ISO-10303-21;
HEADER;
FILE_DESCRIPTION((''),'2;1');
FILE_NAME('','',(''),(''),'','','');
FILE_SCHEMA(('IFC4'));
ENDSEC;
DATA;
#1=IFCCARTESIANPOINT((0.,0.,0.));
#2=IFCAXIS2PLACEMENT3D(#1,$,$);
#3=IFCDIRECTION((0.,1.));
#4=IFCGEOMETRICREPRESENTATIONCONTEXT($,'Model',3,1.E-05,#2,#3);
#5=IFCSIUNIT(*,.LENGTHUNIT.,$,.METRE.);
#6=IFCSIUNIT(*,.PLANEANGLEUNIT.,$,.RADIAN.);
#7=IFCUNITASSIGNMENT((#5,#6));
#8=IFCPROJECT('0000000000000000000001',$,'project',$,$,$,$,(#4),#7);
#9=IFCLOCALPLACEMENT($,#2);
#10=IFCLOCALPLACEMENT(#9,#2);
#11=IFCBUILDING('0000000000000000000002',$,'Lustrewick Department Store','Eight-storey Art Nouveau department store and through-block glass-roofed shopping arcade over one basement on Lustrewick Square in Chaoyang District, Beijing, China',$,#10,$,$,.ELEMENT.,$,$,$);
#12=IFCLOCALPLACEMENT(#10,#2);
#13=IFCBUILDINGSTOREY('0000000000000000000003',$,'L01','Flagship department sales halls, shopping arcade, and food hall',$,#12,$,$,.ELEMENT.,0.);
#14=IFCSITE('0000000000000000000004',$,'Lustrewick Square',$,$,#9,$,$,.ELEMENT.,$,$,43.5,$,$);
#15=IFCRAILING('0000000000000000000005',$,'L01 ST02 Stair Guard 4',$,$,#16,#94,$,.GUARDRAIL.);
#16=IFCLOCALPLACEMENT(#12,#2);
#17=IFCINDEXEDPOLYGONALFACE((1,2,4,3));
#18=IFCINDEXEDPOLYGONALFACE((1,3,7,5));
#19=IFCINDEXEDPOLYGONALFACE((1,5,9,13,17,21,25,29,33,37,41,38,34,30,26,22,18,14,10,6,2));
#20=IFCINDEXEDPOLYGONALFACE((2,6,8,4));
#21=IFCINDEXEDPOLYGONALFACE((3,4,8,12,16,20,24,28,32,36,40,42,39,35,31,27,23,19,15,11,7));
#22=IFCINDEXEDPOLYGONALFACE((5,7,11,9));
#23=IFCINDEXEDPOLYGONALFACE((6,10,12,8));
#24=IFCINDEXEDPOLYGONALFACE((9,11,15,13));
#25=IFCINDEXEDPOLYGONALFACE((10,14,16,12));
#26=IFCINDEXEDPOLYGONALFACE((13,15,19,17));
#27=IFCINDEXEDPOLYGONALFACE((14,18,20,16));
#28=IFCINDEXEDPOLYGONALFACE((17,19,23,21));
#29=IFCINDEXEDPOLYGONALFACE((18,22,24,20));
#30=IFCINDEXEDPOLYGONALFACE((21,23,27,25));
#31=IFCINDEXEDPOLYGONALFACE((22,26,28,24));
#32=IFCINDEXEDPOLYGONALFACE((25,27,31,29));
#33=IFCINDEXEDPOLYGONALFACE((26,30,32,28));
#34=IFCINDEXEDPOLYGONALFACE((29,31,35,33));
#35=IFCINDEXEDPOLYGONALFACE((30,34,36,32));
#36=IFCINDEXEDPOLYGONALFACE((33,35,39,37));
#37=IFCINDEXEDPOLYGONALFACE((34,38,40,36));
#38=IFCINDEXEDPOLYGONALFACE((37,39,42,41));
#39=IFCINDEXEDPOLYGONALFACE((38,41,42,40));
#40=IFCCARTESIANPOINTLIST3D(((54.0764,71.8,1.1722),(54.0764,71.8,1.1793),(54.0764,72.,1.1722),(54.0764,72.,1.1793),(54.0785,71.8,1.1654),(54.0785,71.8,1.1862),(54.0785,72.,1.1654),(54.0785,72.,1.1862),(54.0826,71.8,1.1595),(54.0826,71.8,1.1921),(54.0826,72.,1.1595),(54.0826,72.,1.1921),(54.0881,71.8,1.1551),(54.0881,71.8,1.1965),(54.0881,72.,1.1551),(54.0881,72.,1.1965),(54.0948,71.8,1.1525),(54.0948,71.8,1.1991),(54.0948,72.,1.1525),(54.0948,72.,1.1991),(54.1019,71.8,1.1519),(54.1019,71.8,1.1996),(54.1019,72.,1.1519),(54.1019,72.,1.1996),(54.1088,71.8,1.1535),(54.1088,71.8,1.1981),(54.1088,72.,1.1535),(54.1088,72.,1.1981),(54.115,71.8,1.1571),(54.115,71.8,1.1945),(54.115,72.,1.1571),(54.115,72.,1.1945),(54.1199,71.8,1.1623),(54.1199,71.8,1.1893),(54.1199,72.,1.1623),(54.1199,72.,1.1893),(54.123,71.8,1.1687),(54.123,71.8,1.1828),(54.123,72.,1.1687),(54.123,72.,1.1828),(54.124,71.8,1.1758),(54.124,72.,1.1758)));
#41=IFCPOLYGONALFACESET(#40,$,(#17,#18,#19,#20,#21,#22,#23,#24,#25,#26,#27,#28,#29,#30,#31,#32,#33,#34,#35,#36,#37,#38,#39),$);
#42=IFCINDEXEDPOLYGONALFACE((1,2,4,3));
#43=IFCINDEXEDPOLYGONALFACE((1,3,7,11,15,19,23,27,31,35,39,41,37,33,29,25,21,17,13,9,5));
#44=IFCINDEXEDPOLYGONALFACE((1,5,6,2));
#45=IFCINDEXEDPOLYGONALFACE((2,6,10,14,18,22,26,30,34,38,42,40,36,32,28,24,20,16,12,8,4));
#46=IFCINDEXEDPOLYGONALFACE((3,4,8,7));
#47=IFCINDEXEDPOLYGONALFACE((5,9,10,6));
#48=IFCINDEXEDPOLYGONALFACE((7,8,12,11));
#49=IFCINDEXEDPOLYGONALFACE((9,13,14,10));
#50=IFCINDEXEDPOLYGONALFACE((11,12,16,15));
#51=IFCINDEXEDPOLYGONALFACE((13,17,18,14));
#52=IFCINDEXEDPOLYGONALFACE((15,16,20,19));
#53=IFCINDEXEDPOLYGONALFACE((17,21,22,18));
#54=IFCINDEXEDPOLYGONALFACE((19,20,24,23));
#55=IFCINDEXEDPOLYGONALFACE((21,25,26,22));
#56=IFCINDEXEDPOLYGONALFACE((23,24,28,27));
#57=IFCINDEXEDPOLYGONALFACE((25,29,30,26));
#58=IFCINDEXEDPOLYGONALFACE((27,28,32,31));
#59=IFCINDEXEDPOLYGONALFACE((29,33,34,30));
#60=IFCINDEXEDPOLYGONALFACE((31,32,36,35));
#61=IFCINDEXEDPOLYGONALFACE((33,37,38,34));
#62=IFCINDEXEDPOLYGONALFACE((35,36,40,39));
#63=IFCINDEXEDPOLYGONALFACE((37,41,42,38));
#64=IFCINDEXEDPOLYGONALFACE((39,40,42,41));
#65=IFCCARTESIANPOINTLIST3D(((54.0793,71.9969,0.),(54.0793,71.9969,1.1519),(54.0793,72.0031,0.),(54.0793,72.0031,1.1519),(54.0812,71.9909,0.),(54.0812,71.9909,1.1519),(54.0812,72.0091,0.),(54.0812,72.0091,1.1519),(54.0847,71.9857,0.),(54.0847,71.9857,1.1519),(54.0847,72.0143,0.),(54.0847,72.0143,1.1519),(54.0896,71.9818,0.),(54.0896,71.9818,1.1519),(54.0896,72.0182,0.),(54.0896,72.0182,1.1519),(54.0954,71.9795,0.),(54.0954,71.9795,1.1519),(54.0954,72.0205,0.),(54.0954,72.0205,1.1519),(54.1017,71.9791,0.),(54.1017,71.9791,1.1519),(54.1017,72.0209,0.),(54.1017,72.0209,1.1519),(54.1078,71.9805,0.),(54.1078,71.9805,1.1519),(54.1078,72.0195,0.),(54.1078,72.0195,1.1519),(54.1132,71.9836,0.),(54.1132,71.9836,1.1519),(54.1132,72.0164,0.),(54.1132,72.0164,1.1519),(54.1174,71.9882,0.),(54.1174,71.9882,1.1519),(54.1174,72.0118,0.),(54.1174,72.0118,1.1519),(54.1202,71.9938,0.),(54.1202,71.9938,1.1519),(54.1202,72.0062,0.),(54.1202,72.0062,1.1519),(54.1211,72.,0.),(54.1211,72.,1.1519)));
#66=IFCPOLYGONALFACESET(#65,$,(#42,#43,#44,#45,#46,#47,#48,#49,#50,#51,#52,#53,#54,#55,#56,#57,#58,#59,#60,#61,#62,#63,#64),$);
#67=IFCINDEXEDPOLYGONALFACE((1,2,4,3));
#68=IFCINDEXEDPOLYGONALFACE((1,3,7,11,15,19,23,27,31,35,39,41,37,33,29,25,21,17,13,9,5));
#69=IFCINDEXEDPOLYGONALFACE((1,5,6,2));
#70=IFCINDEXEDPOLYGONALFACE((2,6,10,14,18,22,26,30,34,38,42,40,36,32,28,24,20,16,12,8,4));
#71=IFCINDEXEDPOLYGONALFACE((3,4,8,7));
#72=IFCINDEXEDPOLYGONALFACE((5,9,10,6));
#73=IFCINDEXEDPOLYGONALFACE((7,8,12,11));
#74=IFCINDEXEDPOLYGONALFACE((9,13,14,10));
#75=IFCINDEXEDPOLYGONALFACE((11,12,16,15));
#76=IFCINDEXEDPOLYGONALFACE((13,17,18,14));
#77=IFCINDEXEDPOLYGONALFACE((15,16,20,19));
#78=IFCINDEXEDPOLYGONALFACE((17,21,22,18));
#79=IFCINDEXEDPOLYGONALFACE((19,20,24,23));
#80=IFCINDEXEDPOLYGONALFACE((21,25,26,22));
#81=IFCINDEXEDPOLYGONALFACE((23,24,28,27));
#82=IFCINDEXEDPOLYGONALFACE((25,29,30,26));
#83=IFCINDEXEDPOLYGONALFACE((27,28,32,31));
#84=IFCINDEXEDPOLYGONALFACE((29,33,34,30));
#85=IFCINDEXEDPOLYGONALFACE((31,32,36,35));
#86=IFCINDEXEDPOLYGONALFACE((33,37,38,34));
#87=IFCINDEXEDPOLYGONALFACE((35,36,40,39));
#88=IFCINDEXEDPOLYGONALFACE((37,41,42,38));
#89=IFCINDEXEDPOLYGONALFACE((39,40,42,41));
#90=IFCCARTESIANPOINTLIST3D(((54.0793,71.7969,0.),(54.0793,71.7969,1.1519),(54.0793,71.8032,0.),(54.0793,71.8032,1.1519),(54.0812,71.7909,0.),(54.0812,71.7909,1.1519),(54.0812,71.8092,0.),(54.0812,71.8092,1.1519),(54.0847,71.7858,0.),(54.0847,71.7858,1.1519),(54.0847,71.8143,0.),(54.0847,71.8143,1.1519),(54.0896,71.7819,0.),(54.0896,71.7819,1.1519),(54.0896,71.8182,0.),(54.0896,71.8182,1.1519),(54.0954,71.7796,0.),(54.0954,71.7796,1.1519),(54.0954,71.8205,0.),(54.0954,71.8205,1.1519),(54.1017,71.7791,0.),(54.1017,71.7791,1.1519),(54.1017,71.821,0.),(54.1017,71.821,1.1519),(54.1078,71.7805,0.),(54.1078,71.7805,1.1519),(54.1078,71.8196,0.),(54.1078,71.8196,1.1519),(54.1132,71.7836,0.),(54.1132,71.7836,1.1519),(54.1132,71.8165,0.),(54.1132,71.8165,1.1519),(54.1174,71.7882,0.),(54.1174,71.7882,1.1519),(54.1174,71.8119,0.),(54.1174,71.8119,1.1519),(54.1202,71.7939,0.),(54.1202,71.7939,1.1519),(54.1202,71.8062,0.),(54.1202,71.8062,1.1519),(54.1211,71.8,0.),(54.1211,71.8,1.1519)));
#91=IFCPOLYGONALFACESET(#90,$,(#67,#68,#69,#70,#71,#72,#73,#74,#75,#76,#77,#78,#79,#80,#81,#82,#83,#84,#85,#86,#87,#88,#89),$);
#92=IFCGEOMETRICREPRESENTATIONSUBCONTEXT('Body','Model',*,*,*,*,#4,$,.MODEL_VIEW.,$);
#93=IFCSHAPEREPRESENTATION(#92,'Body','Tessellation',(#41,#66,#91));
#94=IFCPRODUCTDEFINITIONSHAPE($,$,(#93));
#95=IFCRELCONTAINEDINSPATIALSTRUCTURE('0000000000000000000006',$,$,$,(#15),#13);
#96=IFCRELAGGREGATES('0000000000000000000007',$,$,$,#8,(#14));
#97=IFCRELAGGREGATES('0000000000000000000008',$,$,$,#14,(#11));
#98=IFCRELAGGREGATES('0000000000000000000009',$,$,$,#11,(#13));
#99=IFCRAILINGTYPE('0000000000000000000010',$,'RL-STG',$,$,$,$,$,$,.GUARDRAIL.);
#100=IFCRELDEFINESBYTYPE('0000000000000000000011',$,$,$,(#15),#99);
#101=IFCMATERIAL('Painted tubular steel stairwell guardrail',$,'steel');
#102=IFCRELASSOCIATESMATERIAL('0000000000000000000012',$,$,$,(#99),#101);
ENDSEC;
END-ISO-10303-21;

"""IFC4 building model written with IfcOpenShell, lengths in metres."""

from ifc_helpers import new_model, si_unit, direction, frame, origin, origin_2d, place, context, subcontext, project, spatial, circle, extrude, material, type_object, element, save


model = new_model("IFC4")

# Units and contexts
model_context = context("Model", 3, precision=1e-05, world=origin(), true_north=direction((0.0, 1.0)))
body_context = subcontext(model_context, "Body", "Model", "MODEL_VIEW")
ifc_project = project(units=[si_unit("LENGTHUNIT", "METRE"), si_unit("PLANEANGLEUNIT", "RADIAN")], contexts=[model_context])

# Site, building, storey
site_placement = place(None, origin())
site = spatial("IfcSite", under=ifc_project, at=site_placement, Name="Lustrewick Square", CompositionType="ELEMENT", RefElevation=43.5)
building_placement = place(site_placement, origin())
building = spatial("IfcBuilding", under=site, at=building_placement, Name="Lustrewick Department Store", Description="Eight-storey Art Nouveau department store and through-block glass-roofed shopping arcade over one basement on Lustrewick Square in Chaoyang District, Beijing, China", CompositionType="ELEMENT")
storey_placement = place(building_placement, origin())
storey = spatial("IfcBuildingStorey", under=building, at=storey_placement, Name="L01", Description="Flagship department sales halls, shopping arcade, and food hall", CompositionType="ELEMENT", Elevation=0.0)

# Railing
ifc_material_1 = material(Name="Painted tubular steel stairwell guardrail", Category="steel")
railing_type_1 = type_object("IfcRailingType", Name="RL-STG", PredefinedType="GUARDRAIL", material=ifc_material_1)
railing_1_placement = place(storey_placement, frame((54.1001, 72.0, 0.0)))
element("IfcRailing", 1, at=railing_1_placement, inside=storey, type_object=railing_type_1, Name="L01 ST02 Stair Guard 4", PredefinedType="GUARDRAIL", context=body_context, shape_type="SweptSolid", body=[
    extrude(circle(Radius=0.0239, at=origin_2d()), frame((0.0, 0.0, 1.1758), z_axis=(0.0, -1.0, 0.0), x_axis=(1.0, 0.0, 0.0)), (0.0, 0.0, 1.0), 0.2),
    extrude(circle(Radius=0.021, at=origin_2d()), origin(), (0.0, 0.0, 1.0), 1.1519),
    extrude(circle(Radius=0.021, at=origin_2d()), frame((0.0, -0.2, 0.0)), (0.0, 0.0, 1.0), 1.1519),
])

save(model, "model.ifc")
